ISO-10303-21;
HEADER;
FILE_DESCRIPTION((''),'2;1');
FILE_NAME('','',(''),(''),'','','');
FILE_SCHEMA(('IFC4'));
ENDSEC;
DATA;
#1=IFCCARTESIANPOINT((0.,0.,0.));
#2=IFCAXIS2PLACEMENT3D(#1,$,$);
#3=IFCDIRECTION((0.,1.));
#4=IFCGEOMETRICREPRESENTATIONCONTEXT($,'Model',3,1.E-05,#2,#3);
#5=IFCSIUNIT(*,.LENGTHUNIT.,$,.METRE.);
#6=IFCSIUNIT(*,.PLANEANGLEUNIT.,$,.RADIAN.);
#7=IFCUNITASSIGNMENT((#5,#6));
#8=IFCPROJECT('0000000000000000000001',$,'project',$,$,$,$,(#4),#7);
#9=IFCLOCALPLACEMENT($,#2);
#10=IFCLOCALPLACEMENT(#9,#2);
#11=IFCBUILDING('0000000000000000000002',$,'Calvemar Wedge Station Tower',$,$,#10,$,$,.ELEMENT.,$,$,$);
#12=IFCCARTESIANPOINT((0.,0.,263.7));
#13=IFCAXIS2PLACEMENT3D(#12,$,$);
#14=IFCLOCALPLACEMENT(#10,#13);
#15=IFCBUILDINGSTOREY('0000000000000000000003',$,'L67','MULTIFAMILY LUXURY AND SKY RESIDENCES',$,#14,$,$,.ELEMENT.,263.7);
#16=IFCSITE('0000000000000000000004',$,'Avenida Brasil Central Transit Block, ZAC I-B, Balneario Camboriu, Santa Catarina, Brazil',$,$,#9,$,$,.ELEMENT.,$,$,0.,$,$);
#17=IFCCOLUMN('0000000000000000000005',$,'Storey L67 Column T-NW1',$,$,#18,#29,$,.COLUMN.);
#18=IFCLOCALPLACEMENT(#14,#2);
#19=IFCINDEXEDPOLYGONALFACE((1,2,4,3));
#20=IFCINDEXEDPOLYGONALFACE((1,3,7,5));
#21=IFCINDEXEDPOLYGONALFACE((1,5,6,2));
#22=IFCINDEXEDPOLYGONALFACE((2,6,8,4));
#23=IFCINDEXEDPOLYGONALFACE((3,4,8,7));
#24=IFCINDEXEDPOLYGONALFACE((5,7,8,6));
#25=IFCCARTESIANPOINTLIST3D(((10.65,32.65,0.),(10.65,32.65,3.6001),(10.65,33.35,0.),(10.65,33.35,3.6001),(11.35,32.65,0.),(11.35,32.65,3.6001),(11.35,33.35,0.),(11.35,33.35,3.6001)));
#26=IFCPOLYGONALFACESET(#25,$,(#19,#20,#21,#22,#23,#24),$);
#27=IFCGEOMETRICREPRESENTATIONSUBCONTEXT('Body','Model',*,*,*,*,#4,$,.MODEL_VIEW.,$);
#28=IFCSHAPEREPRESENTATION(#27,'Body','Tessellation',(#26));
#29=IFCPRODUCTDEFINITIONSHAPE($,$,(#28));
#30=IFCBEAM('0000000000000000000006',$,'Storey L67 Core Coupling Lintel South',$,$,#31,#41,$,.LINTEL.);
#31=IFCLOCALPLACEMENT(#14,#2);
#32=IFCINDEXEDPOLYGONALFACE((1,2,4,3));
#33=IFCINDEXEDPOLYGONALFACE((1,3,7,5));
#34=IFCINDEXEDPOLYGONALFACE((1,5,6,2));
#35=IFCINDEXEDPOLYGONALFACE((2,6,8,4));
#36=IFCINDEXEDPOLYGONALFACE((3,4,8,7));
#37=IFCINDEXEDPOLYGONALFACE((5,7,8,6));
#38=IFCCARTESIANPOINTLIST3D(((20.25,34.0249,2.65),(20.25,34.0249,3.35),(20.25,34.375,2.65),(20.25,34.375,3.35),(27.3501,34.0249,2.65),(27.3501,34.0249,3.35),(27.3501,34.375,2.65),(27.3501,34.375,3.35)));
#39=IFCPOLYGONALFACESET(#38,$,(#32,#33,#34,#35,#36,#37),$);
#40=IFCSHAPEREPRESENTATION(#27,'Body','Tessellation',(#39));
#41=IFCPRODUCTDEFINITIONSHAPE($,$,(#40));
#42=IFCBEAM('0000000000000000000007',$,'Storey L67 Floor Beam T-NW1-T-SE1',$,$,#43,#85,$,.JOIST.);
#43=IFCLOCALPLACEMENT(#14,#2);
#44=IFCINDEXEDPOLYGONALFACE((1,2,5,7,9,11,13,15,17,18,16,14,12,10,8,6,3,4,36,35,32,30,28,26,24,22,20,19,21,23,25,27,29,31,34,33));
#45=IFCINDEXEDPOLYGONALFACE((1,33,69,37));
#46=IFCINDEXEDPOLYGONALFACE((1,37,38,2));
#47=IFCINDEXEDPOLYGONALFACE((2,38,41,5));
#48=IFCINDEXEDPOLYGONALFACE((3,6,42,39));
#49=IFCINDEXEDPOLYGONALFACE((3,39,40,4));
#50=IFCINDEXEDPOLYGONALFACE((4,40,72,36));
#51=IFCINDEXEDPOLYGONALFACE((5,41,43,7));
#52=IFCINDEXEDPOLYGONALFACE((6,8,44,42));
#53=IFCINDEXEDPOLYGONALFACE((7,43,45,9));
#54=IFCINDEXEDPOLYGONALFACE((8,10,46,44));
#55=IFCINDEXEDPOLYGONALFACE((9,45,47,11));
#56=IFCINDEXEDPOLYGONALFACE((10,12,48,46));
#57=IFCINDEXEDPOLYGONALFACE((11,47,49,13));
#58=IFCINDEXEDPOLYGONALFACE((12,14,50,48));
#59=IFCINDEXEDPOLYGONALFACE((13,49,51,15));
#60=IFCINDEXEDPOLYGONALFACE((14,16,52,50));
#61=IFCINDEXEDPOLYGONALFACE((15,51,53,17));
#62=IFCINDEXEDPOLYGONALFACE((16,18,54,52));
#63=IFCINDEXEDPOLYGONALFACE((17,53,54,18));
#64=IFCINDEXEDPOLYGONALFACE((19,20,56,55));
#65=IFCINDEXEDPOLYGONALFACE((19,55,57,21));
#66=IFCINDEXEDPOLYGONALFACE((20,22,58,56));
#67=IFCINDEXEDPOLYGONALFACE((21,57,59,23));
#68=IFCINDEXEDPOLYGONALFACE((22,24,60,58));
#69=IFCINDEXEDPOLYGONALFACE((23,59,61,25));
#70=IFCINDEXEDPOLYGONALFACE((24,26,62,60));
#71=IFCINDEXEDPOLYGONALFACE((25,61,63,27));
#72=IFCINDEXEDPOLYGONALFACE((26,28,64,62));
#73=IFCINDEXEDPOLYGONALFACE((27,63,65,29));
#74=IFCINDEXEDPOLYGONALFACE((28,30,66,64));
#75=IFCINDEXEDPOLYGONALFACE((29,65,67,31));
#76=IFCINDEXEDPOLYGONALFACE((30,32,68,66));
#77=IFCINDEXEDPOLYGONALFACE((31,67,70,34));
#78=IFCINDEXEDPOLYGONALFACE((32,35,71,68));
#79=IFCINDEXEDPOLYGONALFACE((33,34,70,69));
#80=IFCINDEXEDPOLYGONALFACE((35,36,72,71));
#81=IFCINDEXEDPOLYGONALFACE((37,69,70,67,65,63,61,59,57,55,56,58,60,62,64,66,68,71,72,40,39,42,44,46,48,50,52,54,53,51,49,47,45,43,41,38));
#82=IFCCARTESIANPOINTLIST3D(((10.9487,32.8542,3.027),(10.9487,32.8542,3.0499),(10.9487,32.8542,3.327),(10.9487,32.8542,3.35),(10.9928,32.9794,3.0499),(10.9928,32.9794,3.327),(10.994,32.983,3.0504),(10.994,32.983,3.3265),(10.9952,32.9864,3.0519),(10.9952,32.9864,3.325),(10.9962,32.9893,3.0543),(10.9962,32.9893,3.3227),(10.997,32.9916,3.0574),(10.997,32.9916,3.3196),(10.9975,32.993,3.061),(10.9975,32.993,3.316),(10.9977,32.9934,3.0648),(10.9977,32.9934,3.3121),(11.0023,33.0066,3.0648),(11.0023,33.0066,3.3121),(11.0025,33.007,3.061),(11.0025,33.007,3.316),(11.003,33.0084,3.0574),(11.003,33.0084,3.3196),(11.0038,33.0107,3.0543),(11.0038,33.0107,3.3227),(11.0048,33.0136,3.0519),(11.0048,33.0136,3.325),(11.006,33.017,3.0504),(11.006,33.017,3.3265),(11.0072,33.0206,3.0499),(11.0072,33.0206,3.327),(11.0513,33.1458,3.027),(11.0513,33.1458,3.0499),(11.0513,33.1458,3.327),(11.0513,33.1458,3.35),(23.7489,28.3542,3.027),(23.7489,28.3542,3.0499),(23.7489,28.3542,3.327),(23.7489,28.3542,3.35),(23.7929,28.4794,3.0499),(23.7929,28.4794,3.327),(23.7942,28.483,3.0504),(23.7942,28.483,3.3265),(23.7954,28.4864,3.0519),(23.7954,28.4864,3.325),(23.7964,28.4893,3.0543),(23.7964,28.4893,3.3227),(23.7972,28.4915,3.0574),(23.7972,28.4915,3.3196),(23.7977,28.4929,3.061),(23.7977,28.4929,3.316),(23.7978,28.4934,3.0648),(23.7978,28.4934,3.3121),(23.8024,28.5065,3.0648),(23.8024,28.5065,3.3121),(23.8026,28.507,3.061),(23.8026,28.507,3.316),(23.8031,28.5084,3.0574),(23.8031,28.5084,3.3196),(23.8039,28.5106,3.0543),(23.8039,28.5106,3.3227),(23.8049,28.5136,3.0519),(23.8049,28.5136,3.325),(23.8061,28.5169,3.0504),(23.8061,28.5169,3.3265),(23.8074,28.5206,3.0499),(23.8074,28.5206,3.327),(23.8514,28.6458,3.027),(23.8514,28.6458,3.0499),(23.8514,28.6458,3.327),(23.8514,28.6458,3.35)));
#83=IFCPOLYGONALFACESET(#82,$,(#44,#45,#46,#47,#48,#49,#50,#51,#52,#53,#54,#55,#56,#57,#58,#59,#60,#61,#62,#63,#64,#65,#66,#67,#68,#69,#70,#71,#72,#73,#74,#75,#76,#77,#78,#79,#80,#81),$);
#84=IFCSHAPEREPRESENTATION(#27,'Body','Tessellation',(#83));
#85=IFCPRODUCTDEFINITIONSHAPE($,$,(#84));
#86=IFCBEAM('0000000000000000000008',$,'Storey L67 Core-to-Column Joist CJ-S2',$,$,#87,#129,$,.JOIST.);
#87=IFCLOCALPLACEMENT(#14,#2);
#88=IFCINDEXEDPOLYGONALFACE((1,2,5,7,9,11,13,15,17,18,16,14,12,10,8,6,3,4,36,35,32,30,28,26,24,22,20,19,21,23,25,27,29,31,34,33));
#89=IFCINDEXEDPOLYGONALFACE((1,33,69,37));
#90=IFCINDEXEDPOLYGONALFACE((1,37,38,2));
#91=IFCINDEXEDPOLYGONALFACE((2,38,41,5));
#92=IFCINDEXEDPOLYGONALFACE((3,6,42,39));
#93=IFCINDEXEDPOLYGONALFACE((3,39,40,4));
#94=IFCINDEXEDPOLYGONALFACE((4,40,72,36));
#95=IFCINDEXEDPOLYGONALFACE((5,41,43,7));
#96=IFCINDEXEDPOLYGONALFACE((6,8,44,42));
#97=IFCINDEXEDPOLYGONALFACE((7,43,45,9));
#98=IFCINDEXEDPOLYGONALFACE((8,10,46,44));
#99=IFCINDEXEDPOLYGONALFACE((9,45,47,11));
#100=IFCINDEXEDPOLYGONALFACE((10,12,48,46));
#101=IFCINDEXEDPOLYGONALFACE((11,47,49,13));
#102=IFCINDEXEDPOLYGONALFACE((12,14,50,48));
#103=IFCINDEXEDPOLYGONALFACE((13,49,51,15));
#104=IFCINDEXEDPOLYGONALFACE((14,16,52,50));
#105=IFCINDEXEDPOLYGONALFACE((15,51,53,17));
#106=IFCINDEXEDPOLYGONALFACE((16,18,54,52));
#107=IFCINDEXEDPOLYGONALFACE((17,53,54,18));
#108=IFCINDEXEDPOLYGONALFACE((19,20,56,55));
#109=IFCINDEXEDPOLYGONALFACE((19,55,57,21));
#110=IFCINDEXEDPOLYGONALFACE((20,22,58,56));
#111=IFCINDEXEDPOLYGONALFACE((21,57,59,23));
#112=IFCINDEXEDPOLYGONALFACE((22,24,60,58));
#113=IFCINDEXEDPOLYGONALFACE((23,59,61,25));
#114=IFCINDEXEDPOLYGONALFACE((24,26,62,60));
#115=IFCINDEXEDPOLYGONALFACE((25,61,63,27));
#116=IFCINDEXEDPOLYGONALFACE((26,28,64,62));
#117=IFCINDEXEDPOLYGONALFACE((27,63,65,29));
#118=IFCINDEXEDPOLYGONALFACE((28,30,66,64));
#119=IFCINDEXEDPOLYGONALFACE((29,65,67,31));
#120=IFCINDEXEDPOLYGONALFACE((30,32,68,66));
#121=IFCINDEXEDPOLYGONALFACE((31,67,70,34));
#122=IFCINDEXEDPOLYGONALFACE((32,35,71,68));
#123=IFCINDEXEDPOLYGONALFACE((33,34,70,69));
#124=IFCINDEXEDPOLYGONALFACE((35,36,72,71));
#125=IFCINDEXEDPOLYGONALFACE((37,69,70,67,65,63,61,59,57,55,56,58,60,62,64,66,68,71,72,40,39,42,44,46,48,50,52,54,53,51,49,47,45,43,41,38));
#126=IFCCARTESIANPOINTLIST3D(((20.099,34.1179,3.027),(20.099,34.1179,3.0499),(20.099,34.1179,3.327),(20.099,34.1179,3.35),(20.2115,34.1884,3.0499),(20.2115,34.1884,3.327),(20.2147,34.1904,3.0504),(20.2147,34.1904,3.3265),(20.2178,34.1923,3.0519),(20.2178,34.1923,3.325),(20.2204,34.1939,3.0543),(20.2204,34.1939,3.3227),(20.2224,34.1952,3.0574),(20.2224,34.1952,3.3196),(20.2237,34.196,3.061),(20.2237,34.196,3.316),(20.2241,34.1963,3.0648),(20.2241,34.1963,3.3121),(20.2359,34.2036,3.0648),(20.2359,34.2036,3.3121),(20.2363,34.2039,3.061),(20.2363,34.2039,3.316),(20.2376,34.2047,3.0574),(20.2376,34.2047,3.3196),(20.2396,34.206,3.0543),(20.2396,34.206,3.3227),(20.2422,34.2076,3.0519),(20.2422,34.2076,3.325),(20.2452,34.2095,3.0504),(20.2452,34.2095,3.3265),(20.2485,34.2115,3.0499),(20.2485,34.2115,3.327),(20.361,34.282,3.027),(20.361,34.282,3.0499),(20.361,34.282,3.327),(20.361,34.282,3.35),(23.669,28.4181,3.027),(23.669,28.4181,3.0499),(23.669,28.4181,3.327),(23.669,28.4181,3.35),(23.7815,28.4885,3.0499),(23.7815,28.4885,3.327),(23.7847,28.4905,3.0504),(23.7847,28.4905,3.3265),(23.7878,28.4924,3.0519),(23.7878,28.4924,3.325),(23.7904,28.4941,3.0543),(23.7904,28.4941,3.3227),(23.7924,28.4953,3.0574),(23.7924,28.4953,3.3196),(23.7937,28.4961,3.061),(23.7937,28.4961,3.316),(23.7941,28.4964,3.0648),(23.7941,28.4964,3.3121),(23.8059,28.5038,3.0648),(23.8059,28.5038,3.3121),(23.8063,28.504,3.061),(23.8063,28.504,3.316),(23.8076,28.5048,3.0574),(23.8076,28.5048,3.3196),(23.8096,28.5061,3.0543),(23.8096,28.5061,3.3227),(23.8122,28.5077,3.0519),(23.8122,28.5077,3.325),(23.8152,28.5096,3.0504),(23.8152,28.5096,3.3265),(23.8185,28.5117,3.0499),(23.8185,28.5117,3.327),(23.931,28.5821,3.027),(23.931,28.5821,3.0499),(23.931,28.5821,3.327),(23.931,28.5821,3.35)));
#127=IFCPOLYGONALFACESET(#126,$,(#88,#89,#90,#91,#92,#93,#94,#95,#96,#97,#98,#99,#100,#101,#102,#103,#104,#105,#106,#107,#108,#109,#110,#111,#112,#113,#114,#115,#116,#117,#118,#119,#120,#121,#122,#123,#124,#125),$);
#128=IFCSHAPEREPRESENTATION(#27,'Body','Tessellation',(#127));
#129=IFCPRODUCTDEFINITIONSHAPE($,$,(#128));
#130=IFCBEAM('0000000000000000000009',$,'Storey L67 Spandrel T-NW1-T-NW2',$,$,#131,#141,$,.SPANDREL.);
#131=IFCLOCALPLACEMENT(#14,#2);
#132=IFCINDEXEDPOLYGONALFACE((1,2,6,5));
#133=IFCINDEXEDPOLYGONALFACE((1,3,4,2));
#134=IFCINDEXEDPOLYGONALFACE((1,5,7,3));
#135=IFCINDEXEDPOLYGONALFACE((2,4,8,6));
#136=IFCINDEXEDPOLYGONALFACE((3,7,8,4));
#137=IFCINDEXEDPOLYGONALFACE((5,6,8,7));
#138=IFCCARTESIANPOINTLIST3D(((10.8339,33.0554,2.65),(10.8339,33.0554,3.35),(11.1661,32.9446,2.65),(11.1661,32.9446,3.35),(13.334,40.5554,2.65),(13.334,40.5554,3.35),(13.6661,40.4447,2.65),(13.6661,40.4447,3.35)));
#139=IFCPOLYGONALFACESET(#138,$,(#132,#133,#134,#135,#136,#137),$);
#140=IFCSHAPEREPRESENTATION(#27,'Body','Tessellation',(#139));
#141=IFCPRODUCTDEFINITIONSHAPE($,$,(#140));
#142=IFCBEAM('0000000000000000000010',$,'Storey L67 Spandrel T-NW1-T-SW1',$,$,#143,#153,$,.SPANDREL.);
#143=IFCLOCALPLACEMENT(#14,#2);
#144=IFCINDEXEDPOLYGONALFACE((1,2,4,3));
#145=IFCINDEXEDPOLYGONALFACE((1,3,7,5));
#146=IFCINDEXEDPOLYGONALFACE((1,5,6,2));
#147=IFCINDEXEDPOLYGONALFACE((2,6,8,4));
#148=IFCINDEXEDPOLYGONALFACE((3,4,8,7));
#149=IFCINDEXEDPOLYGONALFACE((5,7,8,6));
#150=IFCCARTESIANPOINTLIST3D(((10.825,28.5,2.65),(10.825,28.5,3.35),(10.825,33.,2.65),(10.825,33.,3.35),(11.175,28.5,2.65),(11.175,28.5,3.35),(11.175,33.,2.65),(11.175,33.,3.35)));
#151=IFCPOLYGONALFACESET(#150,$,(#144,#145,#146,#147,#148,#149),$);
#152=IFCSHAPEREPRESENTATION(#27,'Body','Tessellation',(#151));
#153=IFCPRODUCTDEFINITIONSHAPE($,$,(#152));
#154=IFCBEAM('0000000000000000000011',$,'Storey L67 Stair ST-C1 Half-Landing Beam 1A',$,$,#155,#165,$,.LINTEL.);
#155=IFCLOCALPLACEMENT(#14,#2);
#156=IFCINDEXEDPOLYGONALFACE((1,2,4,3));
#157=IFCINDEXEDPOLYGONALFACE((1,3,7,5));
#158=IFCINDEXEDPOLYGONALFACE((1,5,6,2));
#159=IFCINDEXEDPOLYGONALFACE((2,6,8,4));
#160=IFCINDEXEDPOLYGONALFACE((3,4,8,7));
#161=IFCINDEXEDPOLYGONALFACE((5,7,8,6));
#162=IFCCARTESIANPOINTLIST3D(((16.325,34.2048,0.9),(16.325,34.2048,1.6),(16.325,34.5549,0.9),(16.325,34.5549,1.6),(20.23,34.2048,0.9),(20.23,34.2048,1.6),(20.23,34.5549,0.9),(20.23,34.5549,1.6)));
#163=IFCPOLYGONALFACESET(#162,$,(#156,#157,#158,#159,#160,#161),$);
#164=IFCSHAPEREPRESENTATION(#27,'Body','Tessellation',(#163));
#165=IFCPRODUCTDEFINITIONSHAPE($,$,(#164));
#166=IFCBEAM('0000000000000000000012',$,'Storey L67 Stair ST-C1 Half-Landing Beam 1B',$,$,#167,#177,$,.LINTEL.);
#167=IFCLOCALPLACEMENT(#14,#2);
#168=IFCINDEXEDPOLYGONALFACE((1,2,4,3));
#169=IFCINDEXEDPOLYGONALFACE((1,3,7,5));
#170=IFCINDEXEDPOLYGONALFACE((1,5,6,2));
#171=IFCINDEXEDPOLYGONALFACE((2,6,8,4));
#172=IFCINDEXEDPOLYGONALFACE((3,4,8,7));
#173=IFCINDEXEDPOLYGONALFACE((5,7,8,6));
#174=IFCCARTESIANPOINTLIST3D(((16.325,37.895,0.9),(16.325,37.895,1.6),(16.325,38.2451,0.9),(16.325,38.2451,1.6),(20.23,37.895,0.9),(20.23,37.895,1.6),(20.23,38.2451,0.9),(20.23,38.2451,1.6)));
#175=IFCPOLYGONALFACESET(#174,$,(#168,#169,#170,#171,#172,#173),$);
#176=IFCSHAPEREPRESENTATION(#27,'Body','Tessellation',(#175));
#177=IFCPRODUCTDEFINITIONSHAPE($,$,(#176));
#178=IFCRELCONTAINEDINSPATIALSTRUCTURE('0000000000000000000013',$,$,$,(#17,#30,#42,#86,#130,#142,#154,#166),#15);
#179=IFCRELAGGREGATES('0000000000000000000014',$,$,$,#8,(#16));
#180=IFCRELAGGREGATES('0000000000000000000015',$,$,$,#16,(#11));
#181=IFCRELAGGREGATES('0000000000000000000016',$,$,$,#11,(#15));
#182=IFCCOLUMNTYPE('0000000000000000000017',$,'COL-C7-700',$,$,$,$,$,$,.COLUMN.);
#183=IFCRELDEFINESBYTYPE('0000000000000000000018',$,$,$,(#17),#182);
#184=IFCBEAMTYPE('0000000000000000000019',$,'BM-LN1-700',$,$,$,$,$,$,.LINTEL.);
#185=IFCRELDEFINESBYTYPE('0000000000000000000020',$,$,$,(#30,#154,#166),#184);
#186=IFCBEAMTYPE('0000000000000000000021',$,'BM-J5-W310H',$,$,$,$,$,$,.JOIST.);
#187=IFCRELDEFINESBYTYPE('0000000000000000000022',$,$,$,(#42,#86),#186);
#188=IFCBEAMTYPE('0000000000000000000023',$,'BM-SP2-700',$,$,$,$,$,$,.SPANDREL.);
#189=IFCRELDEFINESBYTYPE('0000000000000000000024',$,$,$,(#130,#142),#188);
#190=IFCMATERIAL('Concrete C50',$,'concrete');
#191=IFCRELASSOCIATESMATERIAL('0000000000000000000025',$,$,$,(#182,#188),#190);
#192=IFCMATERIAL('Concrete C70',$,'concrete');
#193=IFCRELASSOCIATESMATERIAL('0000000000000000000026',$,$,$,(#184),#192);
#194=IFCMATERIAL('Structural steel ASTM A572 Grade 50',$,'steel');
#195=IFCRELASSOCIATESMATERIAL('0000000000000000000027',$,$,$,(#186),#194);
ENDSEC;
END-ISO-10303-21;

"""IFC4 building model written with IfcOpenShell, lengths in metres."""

from ifc_helpers import new_model, si_unit, direction, frame, origin, origin_2d, place, context, subcontext, project, spatial, rectangle, i_section, extrude, source, transform, mapped, material, material_profile, profile_set, type_object, element, save


model = new_model("IFC4")

# Units and contexts
model_context = context("Model", 3, precision=1e-05, world=origin(), true_north=direction((0.0, 1.0)))
body_context = subcontext(model_context, "Body", "Model", "MODEL_VIEW")
ifc_project = project(units=[si_unit("LENGTHUNIT", "METRE"), si_unit("PLANEANGLEUNIT", "RADIAN")], contexts=[model_context])

# Site, building, storey
site_placement = place(None, origin())
site = spatial("IfcSite", under=ifc_project, at=site_placement, Name="Avenida Brasil Central Transit Block, ZAC I-B, Balneario Camboriu, Santa Catarina, Brazil", CompositionType="ELEMENT", RefElevation=0.0)
building_placement = place(site_placement, origin())
building = spatial("IfcBuilding", under=site, at=building_placement, Name="Calvemar Wedge Station Tower", CompositionType="ELEMENT")
storey_placement = place(building_placement, frame((0.0, 0.0, 263.7)))
storey = spatial("IfcBuildingStorey", under=building, at=storey_placement, Name="L67", Description="MULTIFAMILY LUXURY AND SKY RESIDENCES", CompositionType="ELEMENT", Elevation=263.7)

# Column
ifc_material_1 = material(Name="Concrete C50", Category="concrete")
ifc_material_profile_1 = material_profile(ifc_material_1, rectangle(XDim=0.7, YDim=0.7, at=origin_2d()), Name="RC700x700")
ifc_profile_set_1 = profile_set([ifc_material_profile_1], Name="Concrete C50")
column_type = type_object("IfcColumnType", Name="COL-C7-700", PredefinedType="COLUMN", material=ifc_profile_set_1)
shared_shape_1 = source(origin(), body_context, "Body", "SweptSolid", [
    extrude(rectangle(XDim=0.7, YDim=0.7, at=origin_2d()), origin(), (0.0, 0.0, 1.0), 3.6001),
])
column_placement = place(storey_placement, frame((11.0, 33.0, 0.0), z_axis=(0.0, 0.0, 1.0), x_axis=(1.0, 0.0, 0.0)))
element("IfcColumn", 1, at=column_placement, inside=storey, type_object=column_type, Name="Storey L67 Column T-NW1", PredefinedType="COLUMN", context=body_context, shape_type="MappedRepresentation", body=[
    mapped(shared_shape_1, transform((0.0, 0.0, 0.0), scale=1.0)),
])

# Beams
ifc_material_2 = material(Name="Concrete C70", Category="concrete")
ifc_material_profile_2 = material_profile(ifc_material_2, rectangle(XDim=0.3501, YDim=0.7, at=origin_2d()), Name="RC350x700")
ifc_profile_set_2 = profile_set([ifc_material_profile_2], Name="Concrete C70")
beam_type_1 = type_object("IfcBeamType", Name="BM-LN1-700", PredefinedType="LINTEL", material=ifc_profile_set_2)
shared_shape_2 = source(origin(), body_context, "Body", "SweptSolid", [
    extrude(rectangle(XDim=0.3501, YDim=0.7, at=origin_2d()), origin(), (0.0, 0.0, 1.0), 7.1001),
])
beam_1_placement = place(storey_placement, frame((20.25, 34.2, 3.0), z_axis=(1.0, 0.0, 0.0), x_axis=(0.0, 1.0, 0.0)))
element("IfcBeam", 2, at=beam_1_placement, inside=storey, type_object=beam_type_1, Name="Storey L67 Core Coupling Lintel South", PredefinedType="LINTEL", context=body_context, shape_type="MappedRepresentation", body=[
    mapped(shared_shape_2, transform((0.0, 0.0, 0.0), scale=1.0)),
])
ifc_material_3 = material(Name="Structural steel ASTM A572 Grade 50", Category="steel")
ifc_material_profile_3 = material_profile(ifc_material_3, i_section(OverallWidth=0.3091, OverallDepth=0.323, WebThickness=0.0139, FlangeThickness=0.0229, FilletRadius=0.0149, at=origin_2d()), Name="W310x143")
ifc_profile_set_3 = profile_set([ifc_material_profile_3], Name="Structural steel ASTM A572 Grade 50")
beam_type_2 = type_object("IfcBeamType", Name="BM-J5-W310H", PredefinedType="JOIST", material=ifc_profile_set_3)
shared_shape_3 = source(origin(), body_context, "Body", "SweptSolid", [
    extrude(i_section(OverallWidth=0.3091, OverallDepth=0.323, WebThickness=0.0139, FlangeThickness=0.0229, FilletRadius=0.0149, at=origin_2d()), origin(), (0.0, 0.0, 1.0), 13.5681),
])
beam_2_placement = place(storey_placement, frame((11.0, 33.0, 3.1885), z_axis=(0.943398, -0.331662, 0.0), x_axis=(0.331662, 0.943398, 0.0)))
element("IfcBeam", 3, at=beam_2_placement, inside=storey, type_object=beam_type_2, Name="Storey L67 Floor Beam T-NW1-T-SE1", PredefinedType="JOIST", context=body_context, shape_type="MappedRepresentation", body=[
    mapped(shared_shape_3, transform((0.0, 0.0, 0.0), scale=1.0)),
])
shared_shape_4 = source(origin(), body_context, "Body", "SweptSolid", [
    extrude(i_section(OverallWidth=0.3091, OverallDepth=0.323, WebThickness=0.0139, FlangeThickness=0.0229, FilletRadius=0.0149, at=origin_2d()), origin(), (0.0, 0.0, 1.0), 6.7256),
])
beam_3_placement = place(storey_placement, frame((20.23, 34.2, 3.1885), z_axis=(0.530811, -0.84749, 0.0), x_axis=(0.84749, 0.530811, 0.0)))
element("IfcBeam", 4, at=beam_3_placement, inside=storey, type_object=beam_type_2, Name="Storey L67 Core-to-Column Joist CJ-S2", PredefinedType="JOIST", context=body_context, shape_type="MappedRepresentation", body=[
    mapped(shared_shape_4, transform((0.0, 0.0, 0.0), scale=1.0)),
])
ifc_material_profile_4 = material_profile(ifc_material_1, rectangle(XDim=0.3501, YDim=0.7, at=origin_2d()), Name="RC350x700")
ifc_profile_set_4 = profile_set([ifc_material_profile_4], Name="Concrete C50")
beam_type_3 = type_object("IfcBeamType", Name="BM-SP2-700", PredefinedType="SPANDREL", material=ifc_profile_set_4)
shared_shape_5 = source(origin(), body_context, "Body", "SweptSolid", [
    extrude(rectangle(XDim=0.3501, YDim=0.7, at=origin_2d()), origin(), (0.0, 0.0, 1.0), 7.9058),
])
beam_4_placement = place(storey_placement, frame((11.0, 33.0, 3.0), z_axis=(0.316228, 0.948683, 0.0), x_axis=(-0.948683, 0.316228, 0.0)))
element("IfcBeam", 5, at=beam_4_placement, inside=storey, type_object=beam_type_3, Name="Storey L67 Spandrel T-NW1-T-NW2", PredefinedType="SPANDREL", context=body_context, shape_type="MappedRepresentation", body=[
    mapped(shared_shape_5, transform((0.0, 0.0, 0.0), scale=1.0)),
])
shared_shape_6 = source(origin(), body_context, "Body", "SweptSolid", [
    extrude(rectangle(XDim=0.3501, YDim=0.7, at=origin_2d()), origin(), (0.0, 0.0, 1.0), 4.5),
])
beam_5_placement = place(storey_placement, frame((11.0, 33.0, 3.0), z_axis=(0.0, -1.0, 0.0), x_axis=(1.0, 0.0, 0.0)))
element("IfcBeam", 6, at=beam_5_placement, inside=storey, type_object=beam_type_3, Name="Storey L67 Spandrel T-NW1-T-SW1", PredefinedType="SPANDREL", context=body_context, shape_type="MappedRepresentation", body=[
    mapped(shared_shape_6, transform((0.0, 0.0, 0.0), scale=1.0)),
])
shared_shape_7 = source(origin(), body_context, "Body", "SweptSolid", [
    extrude(rectangle(XDim=0.3501, YDim=0.7, at=origin_2d()), origin(), (0.0, 0.0, 1.0), 3.905),
])
for number, where, z_axis, x_axis, name in (
    (7, (16.325, 34.3799, 1.25), (1.0, 0.0, 0.0), (0.0, 1.0, 0.0), "Storey L67 Stair ST-C1 Half-Landing Beam 1A"),
    (8, (16.325, 38.0701, 1.25), (1.0, 0.0, 0.0), (0.0, 1.0, 0.0), "Storey L67 Stair ST-C1 Half-Landing Beam 1B"),
):
    element("IfcBeam", number, at=place(storey_placement, frame(where, z_axis=z_axis, x_axis=x_axis)), inside=storey, type_object=beam_type_1, Name=name, PredefinedType="LINTEL", context=body_context, shape_type="MappedRepresentation", body=[
        mapped(shared_shape_7, transform((0.0, 0.0, 0.0), scale=1.0)),
    ])

save(model, "model.ifc")
